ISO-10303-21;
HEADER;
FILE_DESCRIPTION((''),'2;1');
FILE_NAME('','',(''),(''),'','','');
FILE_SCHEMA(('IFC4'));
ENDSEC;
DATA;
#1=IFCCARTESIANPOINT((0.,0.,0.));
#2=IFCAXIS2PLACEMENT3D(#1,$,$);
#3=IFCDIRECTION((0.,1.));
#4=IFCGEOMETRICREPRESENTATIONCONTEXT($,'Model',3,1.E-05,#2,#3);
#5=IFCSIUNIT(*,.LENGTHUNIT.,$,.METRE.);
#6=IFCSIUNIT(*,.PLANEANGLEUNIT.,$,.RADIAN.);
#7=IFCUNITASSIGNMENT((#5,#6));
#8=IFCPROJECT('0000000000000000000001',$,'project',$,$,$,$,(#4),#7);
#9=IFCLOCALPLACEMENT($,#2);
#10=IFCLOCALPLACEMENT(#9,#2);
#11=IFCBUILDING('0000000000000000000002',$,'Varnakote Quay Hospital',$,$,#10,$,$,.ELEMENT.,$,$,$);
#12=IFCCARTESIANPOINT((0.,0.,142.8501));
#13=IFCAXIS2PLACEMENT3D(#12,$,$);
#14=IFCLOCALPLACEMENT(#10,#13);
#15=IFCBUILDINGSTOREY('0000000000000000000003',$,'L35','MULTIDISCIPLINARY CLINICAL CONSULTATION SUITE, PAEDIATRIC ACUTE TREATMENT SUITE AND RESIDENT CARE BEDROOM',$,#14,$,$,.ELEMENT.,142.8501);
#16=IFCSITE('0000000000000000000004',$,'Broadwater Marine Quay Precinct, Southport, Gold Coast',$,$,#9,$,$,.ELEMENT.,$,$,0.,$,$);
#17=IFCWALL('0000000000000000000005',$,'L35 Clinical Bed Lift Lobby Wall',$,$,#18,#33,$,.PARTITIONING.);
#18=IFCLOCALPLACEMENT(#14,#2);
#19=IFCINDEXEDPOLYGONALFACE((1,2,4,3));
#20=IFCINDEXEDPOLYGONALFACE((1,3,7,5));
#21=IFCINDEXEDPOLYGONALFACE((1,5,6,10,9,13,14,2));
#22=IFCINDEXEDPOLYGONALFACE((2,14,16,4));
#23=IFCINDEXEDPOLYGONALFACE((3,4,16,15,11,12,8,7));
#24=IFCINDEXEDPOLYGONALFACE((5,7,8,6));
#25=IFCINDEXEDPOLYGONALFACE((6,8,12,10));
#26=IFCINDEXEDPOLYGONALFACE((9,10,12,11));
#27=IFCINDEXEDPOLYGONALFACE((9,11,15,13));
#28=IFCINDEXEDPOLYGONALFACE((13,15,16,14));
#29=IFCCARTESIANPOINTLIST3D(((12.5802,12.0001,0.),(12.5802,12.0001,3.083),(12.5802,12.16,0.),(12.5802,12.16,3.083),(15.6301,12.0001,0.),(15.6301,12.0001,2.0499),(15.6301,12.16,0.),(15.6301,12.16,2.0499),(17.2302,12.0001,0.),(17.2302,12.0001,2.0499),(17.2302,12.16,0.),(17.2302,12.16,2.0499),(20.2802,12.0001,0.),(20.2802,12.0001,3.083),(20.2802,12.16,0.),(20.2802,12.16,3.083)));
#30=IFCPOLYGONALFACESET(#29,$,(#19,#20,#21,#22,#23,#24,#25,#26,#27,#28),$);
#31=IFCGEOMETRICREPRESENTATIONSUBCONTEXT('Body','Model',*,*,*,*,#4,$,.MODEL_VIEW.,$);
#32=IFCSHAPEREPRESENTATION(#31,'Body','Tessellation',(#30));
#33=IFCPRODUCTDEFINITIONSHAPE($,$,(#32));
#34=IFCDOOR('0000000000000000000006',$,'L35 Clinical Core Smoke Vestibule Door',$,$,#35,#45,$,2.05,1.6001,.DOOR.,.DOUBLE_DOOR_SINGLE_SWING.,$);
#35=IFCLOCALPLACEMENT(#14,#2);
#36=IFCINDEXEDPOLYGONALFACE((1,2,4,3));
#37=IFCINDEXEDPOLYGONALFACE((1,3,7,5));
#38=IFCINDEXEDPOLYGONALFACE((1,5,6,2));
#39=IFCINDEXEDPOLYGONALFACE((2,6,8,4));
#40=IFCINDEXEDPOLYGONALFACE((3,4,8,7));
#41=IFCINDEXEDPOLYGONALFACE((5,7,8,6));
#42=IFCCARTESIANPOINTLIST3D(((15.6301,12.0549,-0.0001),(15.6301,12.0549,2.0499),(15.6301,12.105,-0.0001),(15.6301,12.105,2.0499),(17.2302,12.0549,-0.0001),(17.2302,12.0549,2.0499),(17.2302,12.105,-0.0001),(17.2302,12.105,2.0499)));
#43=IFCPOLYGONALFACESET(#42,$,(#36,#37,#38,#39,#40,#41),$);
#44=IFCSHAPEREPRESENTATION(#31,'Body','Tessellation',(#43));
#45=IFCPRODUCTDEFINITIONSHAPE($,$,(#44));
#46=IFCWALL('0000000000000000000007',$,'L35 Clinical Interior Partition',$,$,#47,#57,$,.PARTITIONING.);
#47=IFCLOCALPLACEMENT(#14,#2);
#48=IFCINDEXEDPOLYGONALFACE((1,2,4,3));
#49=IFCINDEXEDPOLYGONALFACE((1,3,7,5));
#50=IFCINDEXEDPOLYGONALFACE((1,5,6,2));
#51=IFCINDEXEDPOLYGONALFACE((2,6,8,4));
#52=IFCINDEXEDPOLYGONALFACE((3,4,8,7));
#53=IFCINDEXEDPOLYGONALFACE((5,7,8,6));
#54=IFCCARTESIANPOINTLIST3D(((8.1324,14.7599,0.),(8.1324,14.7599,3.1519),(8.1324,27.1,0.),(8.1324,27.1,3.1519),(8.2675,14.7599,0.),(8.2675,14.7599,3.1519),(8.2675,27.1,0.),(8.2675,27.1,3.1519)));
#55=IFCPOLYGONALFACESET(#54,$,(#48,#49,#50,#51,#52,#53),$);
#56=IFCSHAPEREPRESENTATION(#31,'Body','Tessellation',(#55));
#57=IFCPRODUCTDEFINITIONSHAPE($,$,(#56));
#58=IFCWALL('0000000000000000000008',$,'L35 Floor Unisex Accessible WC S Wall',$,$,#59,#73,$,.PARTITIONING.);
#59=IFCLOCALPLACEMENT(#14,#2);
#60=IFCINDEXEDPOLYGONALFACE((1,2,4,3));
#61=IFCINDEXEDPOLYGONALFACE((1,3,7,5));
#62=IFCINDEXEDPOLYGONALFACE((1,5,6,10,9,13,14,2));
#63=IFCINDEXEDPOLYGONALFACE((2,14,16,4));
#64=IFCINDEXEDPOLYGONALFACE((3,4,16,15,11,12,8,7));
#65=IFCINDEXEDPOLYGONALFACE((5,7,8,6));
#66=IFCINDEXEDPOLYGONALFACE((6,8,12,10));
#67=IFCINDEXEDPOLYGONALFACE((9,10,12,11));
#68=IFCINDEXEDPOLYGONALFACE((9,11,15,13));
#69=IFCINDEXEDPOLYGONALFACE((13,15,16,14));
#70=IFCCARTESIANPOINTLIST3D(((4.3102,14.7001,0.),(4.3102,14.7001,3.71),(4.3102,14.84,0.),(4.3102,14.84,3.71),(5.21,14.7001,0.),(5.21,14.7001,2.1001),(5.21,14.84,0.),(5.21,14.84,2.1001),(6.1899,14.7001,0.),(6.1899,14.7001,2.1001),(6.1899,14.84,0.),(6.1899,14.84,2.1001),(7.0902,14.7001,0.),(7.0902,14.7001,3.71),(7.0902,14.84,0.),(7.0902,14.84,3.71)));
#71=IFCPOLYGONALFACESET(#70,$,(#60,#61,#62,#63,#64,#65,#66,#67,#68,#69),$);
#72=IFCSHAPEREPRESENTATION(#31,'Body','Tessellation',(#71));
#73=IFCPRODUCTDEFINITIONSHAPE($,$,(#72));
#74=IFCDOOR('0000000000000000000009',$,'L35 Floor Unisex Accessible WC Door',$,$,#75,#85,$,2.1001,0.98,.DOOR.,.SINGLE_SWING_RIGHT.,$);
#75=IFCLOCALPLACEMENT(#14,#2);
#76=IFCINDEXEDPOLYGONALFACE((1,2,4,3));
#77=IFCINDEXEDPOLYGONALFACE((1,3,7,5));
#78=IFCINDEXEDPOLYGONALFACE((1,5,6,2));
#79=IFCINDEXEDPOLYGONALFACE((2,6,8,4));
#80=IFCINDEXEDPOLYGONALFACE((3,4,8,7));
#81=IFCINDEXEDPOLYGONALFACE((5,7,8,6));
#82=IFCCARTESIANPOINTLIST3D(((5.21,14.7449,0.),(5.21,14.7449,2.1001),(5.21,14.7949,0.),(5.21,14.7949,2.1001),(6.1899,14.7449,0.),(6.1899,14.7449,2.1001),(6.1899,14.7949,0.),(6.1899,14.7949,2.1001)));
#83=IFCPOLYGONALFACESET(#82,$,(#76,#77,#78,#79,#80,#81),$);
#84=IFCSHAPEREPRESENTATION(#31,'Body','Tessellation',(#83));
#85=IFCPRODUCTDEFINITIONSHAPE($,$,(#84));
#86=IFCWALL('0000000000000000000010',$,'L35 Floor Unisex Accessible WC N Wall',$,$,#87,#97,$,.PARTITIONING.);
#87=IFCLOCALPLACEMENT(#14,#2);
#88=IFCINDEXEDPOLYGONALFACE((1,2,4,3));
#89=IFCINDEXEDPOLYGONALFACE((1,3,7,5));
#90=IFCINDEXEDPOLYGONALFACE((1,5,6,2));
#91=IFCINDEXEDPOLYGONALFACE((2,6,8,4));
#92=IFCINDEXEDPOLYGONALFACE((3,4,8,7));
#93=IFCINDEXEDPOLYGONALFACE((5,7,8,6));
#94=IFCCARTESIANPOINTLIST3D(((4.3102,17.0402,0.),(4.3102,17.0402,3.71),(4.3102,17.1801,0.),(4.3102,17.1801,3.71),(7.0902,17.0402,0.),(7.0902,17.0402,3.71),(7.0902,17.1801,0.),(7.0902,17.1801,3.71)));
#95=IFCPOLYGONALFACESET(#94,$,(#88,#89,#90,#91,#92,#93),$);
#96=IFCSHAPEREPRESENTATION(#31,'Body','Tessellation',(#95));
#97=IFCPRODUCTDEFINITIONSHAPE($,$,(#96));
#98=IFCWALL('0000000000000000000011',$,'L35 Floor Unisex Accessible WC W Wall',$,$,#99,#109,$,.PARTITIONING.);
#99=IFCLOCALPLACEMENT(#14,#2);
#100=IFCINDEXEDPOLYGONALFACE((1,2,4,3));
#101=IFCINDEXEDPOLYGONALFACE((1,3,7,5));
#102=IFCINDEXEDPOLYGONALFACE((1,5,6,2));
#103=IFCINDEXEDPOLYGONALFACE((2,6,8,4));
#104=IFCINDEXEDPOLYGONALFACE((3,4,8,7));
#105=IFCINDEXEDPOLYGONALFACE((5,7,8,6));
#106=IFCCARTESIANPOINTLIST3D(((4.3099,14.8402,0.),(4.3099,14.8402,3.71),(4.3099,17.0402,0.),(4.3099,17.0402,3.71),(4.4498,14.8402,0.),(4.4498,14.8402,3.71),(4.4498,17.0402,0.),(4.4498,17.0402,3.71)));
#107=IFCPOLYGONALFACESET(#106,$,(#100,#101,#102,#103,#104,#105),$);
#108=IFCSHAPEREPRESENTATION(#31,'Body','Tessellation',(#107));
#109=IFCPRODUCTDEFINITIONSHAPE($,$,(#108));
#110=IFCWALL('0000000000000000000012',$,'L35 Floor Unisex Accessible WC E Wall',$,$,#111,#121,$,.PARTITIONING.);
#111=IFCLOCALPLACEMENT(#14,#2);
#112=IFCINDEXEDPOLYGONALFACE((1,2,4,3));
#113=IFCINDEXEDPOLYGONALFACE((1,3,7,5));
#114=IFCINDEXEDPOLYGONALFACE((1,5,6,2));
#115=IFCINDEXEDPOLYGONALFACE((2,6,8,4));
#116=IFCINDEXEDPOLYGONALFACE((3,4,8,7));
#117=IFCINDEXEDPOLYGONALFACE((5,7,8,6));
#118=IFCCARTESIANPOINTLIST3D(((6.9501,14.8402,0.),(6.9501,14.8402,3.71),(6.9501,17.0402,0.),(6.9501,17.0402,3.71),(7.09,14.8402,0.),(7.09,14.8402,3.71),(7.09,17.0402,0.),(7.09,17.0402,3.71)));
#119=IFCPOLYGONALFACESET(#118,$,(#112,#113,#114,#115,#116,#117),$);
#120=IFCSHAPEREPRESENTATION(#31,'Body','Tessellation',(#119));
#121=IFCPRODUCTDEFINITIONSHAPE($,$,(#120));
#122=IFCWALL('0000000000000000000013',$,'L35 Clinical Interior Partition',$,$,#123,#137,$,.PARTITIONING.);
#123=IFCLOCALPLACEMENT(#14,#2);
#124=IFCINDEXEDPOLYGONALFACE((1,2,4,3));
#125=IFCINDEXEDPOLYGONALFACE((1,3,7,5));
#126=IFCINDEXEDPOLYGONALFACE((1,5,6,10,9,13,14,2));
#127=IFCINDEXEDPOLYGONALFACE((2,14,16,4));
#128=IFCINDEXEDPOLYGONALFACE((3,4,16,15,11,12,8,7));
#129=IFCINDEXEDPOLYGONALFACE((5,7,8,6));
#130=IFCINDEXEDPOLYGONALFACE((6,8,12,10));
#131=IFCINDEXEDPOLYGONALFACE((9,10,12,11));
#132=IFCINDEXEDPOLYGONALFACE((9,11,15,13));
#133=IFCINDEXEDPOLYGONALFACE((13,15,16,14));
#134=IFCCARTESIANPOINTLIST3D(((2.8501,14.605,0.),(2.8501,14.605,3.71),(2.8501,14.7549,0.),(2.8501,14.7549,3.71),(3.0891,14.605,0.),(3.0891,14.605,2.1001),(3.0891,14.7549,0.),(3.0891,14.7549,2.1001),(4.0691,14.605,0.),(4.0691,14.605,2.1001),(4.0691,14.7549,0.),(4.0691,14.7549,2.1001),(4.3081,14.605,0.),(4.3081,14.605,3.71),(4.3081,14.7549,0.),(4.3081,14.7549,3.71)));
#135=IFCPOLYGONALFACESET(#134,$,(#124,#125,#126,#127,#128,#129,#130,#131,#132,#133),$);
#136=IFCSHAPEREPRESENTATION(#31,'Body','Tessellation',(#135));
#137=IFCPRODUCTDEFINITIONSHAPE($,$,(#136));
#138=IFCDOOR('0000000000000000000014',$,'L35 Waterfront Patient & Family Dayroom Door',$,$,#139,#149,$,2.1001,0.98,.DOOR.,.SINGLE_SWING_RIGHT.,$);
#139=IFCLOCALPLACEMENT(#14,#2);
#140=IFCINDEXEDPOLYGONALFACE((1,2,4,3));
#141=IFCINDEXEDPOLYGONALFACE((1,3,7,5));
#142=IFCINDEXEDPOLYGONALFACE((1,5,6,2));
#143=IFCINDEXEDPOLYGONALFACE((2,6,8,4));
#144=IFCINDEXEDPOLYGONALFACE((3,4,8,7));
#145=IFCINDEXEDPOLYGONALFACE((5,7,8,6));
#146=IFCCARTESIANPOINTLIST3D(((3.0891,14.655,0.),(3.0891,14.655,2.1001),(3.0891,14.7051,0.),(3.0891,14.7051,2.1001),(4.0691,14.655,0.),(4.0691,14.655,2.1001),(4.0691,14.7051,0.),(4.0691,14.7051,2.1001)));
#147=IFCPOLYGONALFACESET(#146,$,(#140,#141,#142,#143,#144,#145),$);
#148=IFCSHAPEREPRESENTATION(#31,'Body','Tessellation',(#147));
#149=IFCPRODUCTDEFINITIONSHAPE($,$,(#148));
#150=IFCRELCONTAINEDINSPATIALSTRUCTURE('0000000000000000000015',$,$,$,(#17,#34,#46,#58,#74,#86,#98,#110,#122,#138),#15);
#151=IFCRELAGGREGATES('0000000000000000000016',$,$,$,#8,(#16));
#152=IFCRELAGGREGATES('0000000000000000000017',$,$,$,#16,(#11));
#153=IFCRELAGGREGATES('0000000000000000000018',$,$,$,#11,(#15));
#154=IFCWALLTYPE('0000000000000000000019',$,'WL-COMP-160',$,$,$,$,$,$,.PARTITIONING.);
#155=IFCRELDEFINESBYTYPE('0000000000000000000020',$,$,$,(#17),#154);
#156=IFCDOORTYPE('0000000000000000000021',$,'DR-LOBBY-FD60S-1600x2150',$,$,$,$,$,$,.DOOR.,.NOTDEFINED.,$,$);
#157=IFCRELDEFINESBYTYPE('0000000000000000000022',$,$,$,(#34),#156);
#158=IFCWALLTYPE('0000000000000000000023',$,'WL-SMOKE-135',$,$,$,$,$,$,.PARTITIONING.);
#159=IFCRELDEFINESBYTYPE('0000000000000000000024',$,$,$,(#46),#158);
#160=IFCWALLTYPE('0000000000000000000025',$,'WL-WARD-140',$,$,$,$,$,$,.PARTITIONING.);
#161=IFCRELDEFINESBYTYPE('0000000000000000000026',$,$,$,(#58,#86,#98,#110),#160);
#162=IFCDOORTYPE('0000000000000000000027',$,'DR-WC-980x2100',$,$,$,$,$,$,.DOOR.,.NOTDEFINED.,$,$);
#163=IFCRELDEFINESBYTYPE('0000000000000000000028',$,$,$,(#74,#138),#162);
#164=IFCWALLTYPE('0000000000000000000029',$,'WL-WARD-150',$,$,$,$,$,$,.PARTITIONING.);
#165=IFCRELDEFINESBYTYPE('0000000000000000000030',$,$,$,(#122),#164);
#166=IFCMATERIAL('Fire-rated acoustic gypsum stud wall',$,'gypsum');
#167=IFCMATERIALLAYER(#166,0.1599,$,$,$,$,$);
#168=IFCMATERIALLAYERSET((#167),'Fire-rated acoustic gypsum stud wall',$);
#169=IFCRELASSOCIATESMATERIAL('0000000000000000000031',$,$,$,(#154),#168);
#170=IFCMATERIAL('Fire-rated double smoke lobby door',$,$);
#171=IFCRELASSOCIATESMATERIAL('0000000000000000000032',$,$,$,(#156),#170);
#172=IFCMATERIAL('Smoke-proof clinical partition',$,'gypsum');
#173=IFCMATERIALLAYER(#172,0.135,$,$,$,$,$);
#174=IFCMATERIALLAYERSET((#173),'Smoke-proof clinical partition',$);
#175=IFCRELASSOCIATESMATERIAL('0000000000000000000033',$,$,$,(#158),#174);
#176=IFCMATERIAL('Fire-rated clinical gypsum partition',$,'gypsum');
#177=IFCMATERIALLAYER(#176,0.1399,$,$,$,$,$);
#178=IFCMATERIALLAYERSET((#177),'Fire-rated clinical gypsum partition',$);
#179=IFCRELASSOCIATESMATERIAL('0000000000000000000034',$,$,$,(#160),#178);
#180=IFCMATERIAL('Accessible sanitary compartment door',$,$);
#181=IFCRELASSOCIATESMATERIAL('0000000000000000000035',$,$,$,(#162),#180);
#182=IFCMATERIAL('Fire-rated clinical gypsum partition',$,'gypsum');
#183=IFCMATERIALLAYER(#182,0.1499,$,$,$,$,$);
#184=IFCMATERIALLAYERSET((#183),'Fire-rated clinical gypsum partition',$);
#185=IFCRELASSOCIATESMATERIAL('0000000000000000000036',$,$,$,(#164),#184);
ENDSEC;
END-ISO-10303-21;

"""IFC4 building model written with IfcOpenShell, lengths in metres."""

from ifc_helpers import new_model, si_unit, direction, frame, frame_2d, origin, place, context, subcontext, project, spatial, rectangle, extrude, material, layer, layer_set, type_object, element, fill, save


model = new_model("IFC4")

# Units and contexts
model_context = context("Model", 3, precision=1e-05, world=origin(), true_north=direction((0.0, 1.0)))
body_context = subcontext(model_context, "Body", "Model", "MODEL_VIEW")
ifc_project = project(units=[si_unit("LENGTHUNIT", "METRE"), si_unit("PLANEANGLEUNIT", "RADIAN")], contexts=[model_context])

# Site, building, storey
site_placement = place(None, origin())
site = spatial("IfcSite", under=ifc_project, at=site_placement, Name="Broadwater Marine Quay Precinct, Southport, Gold Coast", CompositionType="ELEMENT", RefElevation=0.0)
building_placement = place(site_placement, origin())
building = spatial("IfcBuilding", under=site, at=building_placement, Name="Varnakote Quay Hospital", CompositionType="ELEMENT")
storey_placement = place(building_placement, frame((0.0, 0.0, 142.8501)))
storey = spatial("IfcBuildingStorey", under=building, at=storey_placement, Name="L35", Description="MULTIDISCIPLINARY CLINICAL CONSULTATION SUITE, PAEDIATRIC ACUTE TREATMENT SUITE AND RESIDENT CARE BEDROOM", CompositionType="ELEMENT", Elevation=142.8501)

# Wall, opening, door
ifc_material_1 = material(Name="Fire-rated acoustic gypsum stud wall", Category="gypsum")
ifc_layer_1 = layer(ifc_material_1, 0.1599)
ifc_layer_set_1 = layer_set([ifc_layer_1], Name="Fire-rated acoustic gypsum stud wall")
wall_type_1 = type_object("IfcWallType", Name="WL-COMP-160", PredefinedType="PARTITIONING", material=ifc_layer_set_1)
ifc_material_2 = material(Name="Fire-rated double smoke lobby door")
door_type_1 = type_object("IfcDoorType", Name="DR-LOBBY-FD60S-1600x2150", OperationType="NOTDEFINED", PredefinedType="DOOR", material=ifc_material_2)
wall_1_placement = place(storey_placement, frame((12.5801, 12.0801, 0.0), z_axis=(0.0, 0.0, 1.0), x_axis=(1.0, 0.0, 0.0)))
wall_1 = element("IfcWall", 1, at=wall_1_placement, inside=storey, type_object=wall_type_1, Name="L35 Clinical Bed Lift Lobby Wall", PredefinedType="PARTITIONING", context=body_context, shape_type="SweptSolid", body=[
    extrude(rectangle(XDim=7.7, YDim=0.1599, at=frame_2d((3.8501, 0.0))), origin(), (0.0, 0.0, 1.0), 3.083),
])
opening_1_placement = place(wall_1_placement, frame((3.05, 0.0, 0.0)))
opening_1 = element("IfcOpeningElement", 2, at=opening_1_placement, cuts=wall_1, PredefinedType="OPENING", context=body_context, shape_type="SweptSolid", body=[
    extrude(rectangle(XDim=1.6001, YDim=2.05, at=frame_2d((0.8, 1.0249))), frame((0.0, 0.0898, 0.0), z_axis=(0.0, -1.0, 0.0), x_axis=(1.0, 0.0, 0.0)), (0.0, 0.0, 1.0), 0.1799),
])
door_1_placement = place(opening_1_placement, origin())
door_1 = element("IfcDoor", 3, at=door_1_placement, inside=storey, type_object=door_type_1, Name="L35 Clinical Core Smoke Vestibule Door", OperationType="DOUBLE_DOOR_SINGLE_SWING", OverallHeight=2.05, OverallWidth=1.6001, PredefinedType="DOOR", context=body_context, shape_type="SweptSolid", body=[
    extrude(rectangle(XDim=1.6001, YDim=2.05, at=frame_2d((0.8, 1.0249))), frame((0.0, 0.0249, 0.0), z_axis=(0.0, -1.0, 0.0), x_axis=(1.0, 0.0, 0.0)), (0.0, 0.0, 1.0), 0.05),
])
fill(opening_1, door_1)

# Wall
ifc_material_3 = material(Name="Smoke-proof clinical partition", Category="gypsum")
ifc_layer_2 = layer(ifc_material_3, 0.135)
ifc_layer_set_2 = layer_set([ifc_layer_2], Name="Smoke-proof clinical partition")
wall_type_2 = type_object("IfcWallType", Name="WL-SMOKE-135", PredefinedType="PARTITIONING", material=ifc_layer_set_2)
wall_2_placement = place(storey_placement, frame((8.2, 14.76, 0.0), z_axis=(0.0, 0.0, 1.0), x_axis=(0.0, 1.0, 0.0)))
element("IfcWall", 4, at=wall_2_placement, inside=storey, type_object=wall_type_2, Name="L35 Clinical Interior Partition", PredefinedType="PARTITIONING", context=body_context, shape_type="SweptSolid", body=[
    extrude(rectangle(XDim=12.3401, YDim=0.135, at=frame_2d((6.1699, 0.0))), origin(), (0.0, 0.0, 1.0), 3.1519),
])

# Wall, opening, door
ifc_material_4 = material(Name="Fire-rated clinical gypsum partition", Category="gypsum")
ifc_layer_3 = layer(ifc_material_4, 0.1399)
ifc_layer_set_3 = layer_set([ifc_layer_3], Name="Fire-rated clinical gypsum partition")
wall_type_3 = type_object("IfcWallType", Name="WL-WARD-140", PredefinedType="PARTITIONING", material=ifc_layer_set_3)
wall_3_placement = place(storey_placement, frame((4.3101, 14.77, 0.0), z_axis=(0.0, 0.0, 1.0), x_axis=(1.0, 0.0, 0.0)))
wall_3 = element("IfcWall", 5, at=wall_3_placement, inside=storey, type_object=wall_type_3, Name="L35 Floor Unisex Accessible WC S Wall", PredefinedType="PARTITIONING", context=body_context, shape_type="SweptSolid", body=[
    extrude(rectangle(XDim=2.78, YDim=0.1399, at=frame_2d((1.3901, 0.0))), origin(), (0.0, 0.0, 1.0), 3.71),
])
opening_2_placement = place(wall_3_placement, frame((0.8999, 0.0, 0.0)))
opening_2 = element("IfcOpeningElement", 6, at=opening_2_placement, cuts=wall_3, PredefinedType="OPENING", context=body_context, shape_type="SweptSolid", body=[
    extrude(rectangle(XDim=0.98, YDim=2.1001, at=frame_2d((0.49, 1.05))), frame((0.0, 0.0798, 0.0), z_axis=(0.0, -1.0, 0.0), x_axis=(1.0, 0.0, 0.0)), (0.0, 0.0, 1.0), 0.1599),
])
ifc_material_5 = material(Name="Accessible sanitary compartment door")
door_type_2 = type_object("IfcDoorType", Name="DR-WC-980x2100", OperationType="NOTDEFINED", PredefinedType="DOOR", material=ifc_material_5)
door_2_placement = place(opening_2_placement, origin())
door_2 = element("IfcDoor", 7, at=door_2_placement, inside=storey, type_object=door_type_2, Name="L35 Floor Unisex Accessible WC Door", OperationType="SINGLE_SWING_RIGHT", OverallHeight=2.1001, OverallWidth=0.98, PredefinedType="DOOR", context=body_context, shape_type="SweptSolid", body=[
    extrude(rectangle(XDim=0.98, YDim=2.1001, at=frame_2d((0.49, 1.05))), frame((0.0, 0.0249, 0.0), z_axis=(0.0, -1.0, 0.0), x_axis=(1.0, 0.0, 0.0)), (0.0, 0.0, 1.0), 0.05),
])
fill(opening_2, door_2)

# Walls
wall_4_placement = place(storey_placement, frame((4.3101, 17.1101, 0.0), z_axis=(0.0, 0.0, 1.0), x_axis=(1.0, 0.0, 0.0)))
element("IfcWall", 8, at=wall_4_placement, inside=storey, type_object=wall_type_3, Name="L35 Floor Unisex Accessible WC N Wall", PredefinedType="PARTITIONING", context=body_context, shape_type="SweptSolid", body=[
    extrude(rectangle(XDim=2.78, YDim=0.1399, at=frame_2d((1.3901, 0.0))), origin(), (0.0, 0.0, 1.0), 3.71),
])
for number, where, z_axis, x_axis, name in (
    (9, (4.3799, 14.8401, 0.0), (0.0, 0.0, 1.0), (0.0, 1.0, 0.0), "L35 Floor Unisex Accessible WC W Wall"),
    (10, (7.02, 14.8401, 0.0), (0.0, 0.0, 1.0), (0.0, 1.0, 0.0), "L35 Floor Unisex Accessible WC E Wall"),
):
    element("IfcWall", number, at=place(storey_placement, frame(where, z_axis=z_axis, x_axis=x_axis)), inside=storey, type_object=wall_type_3, Name=name, PredefinedType="PARTITIONING", context=body_context, shape_type="SweptSolid", body=[
        extrude(rectangle(XDim=2.2, YDim=0.1399, at=frame_2d((1.1001, 0.0))), origin(), (0.0, 0.0, 1.0), 3.71),
    ])

# Wall, opening, door
ifc_material_6 = material(Name="Fire-rated clinical gypsum partition", Category="gypsum")
ifc_layer_4 = layer(ifc_material_6, 0.1499)
ifc_layer_set_4 = layer_set([ifc_layer_4], Name="Fire-rated clinical gypsum partition")
wall_type_4 = type_object("IfcWallType", Name="WL-WARD-150", PredefinedType="PARTITIONING", material=ifc_layer_set_4)
wall_5_placement = place(storey_placement, frame((4.3081, 14.6799, 0.0), z_axis=(0.0, 0.0, 1.0), x_axis=(-1.0, 0.0, 0.0)))
wall_5 = element("IfcWall", 11, at=wall_5_placement, inside=storey, type_object=wall_type_4, Name="L35 Clinical Interior Partition", PredefinedType="PARTITIONING", context=body_context, shape_type="SweptSolid", body=[
    extrude(rectangle(XDim=1.458, YDim=0.1499, at=frame_2d((0.729, 0.0))), origin(), (0.0, 0.0, 1.0), 3.71),
])
opening_3_placement = place(wall_5_placement, frame((0.239, 0.0, 0.0)))
opening_3 = element("IfcOpeningElement", 12, at=opening_3_placement, cuts=wall_5, PredefinedType="OPENING", context=body_context, shape_type="SweptSolid", body=[
    extrude(rectangle(XDim=0.98, YDim=2.1001, at=frame_2d((0.49, 1.05))), frame((0.0, 0.085, 0.0), z_axis=(0.0, -1.0, 0.0), x_axis=(1.0, 0.0, 0.0)), (0.0, 0.0, 1.0), 0.1699),
])
door_3_placement = place(opening_3_placement, origin())
door_3 = element("IfcDoor", 13, at=door_3_placement, inside=storey, type_object=door_type_2, Name="L35 Waterfront Patient & Family Dayroom Door", OperationType="SINGLE_SWING_RIGHT", OverallHeight=2.1001, OverallWidth=0.98, PredefinedType="DOOR", context=body_context, shape_type="SweptSolid", body=[
    extrude(rectangle(XDim=0.98, YDim=2.1001, at=frame_2d((0.49, 1.05))), frame((0.0, 0.0249, 0.0), z_axis=(0.0, -1.0, 0.0), x_axis=(1.0, 0.0, 0.0)), (0.0, 0.0, 1.0), 0.05),
])
fill(opening_3, door_3)

save(model, "model.ifc")
